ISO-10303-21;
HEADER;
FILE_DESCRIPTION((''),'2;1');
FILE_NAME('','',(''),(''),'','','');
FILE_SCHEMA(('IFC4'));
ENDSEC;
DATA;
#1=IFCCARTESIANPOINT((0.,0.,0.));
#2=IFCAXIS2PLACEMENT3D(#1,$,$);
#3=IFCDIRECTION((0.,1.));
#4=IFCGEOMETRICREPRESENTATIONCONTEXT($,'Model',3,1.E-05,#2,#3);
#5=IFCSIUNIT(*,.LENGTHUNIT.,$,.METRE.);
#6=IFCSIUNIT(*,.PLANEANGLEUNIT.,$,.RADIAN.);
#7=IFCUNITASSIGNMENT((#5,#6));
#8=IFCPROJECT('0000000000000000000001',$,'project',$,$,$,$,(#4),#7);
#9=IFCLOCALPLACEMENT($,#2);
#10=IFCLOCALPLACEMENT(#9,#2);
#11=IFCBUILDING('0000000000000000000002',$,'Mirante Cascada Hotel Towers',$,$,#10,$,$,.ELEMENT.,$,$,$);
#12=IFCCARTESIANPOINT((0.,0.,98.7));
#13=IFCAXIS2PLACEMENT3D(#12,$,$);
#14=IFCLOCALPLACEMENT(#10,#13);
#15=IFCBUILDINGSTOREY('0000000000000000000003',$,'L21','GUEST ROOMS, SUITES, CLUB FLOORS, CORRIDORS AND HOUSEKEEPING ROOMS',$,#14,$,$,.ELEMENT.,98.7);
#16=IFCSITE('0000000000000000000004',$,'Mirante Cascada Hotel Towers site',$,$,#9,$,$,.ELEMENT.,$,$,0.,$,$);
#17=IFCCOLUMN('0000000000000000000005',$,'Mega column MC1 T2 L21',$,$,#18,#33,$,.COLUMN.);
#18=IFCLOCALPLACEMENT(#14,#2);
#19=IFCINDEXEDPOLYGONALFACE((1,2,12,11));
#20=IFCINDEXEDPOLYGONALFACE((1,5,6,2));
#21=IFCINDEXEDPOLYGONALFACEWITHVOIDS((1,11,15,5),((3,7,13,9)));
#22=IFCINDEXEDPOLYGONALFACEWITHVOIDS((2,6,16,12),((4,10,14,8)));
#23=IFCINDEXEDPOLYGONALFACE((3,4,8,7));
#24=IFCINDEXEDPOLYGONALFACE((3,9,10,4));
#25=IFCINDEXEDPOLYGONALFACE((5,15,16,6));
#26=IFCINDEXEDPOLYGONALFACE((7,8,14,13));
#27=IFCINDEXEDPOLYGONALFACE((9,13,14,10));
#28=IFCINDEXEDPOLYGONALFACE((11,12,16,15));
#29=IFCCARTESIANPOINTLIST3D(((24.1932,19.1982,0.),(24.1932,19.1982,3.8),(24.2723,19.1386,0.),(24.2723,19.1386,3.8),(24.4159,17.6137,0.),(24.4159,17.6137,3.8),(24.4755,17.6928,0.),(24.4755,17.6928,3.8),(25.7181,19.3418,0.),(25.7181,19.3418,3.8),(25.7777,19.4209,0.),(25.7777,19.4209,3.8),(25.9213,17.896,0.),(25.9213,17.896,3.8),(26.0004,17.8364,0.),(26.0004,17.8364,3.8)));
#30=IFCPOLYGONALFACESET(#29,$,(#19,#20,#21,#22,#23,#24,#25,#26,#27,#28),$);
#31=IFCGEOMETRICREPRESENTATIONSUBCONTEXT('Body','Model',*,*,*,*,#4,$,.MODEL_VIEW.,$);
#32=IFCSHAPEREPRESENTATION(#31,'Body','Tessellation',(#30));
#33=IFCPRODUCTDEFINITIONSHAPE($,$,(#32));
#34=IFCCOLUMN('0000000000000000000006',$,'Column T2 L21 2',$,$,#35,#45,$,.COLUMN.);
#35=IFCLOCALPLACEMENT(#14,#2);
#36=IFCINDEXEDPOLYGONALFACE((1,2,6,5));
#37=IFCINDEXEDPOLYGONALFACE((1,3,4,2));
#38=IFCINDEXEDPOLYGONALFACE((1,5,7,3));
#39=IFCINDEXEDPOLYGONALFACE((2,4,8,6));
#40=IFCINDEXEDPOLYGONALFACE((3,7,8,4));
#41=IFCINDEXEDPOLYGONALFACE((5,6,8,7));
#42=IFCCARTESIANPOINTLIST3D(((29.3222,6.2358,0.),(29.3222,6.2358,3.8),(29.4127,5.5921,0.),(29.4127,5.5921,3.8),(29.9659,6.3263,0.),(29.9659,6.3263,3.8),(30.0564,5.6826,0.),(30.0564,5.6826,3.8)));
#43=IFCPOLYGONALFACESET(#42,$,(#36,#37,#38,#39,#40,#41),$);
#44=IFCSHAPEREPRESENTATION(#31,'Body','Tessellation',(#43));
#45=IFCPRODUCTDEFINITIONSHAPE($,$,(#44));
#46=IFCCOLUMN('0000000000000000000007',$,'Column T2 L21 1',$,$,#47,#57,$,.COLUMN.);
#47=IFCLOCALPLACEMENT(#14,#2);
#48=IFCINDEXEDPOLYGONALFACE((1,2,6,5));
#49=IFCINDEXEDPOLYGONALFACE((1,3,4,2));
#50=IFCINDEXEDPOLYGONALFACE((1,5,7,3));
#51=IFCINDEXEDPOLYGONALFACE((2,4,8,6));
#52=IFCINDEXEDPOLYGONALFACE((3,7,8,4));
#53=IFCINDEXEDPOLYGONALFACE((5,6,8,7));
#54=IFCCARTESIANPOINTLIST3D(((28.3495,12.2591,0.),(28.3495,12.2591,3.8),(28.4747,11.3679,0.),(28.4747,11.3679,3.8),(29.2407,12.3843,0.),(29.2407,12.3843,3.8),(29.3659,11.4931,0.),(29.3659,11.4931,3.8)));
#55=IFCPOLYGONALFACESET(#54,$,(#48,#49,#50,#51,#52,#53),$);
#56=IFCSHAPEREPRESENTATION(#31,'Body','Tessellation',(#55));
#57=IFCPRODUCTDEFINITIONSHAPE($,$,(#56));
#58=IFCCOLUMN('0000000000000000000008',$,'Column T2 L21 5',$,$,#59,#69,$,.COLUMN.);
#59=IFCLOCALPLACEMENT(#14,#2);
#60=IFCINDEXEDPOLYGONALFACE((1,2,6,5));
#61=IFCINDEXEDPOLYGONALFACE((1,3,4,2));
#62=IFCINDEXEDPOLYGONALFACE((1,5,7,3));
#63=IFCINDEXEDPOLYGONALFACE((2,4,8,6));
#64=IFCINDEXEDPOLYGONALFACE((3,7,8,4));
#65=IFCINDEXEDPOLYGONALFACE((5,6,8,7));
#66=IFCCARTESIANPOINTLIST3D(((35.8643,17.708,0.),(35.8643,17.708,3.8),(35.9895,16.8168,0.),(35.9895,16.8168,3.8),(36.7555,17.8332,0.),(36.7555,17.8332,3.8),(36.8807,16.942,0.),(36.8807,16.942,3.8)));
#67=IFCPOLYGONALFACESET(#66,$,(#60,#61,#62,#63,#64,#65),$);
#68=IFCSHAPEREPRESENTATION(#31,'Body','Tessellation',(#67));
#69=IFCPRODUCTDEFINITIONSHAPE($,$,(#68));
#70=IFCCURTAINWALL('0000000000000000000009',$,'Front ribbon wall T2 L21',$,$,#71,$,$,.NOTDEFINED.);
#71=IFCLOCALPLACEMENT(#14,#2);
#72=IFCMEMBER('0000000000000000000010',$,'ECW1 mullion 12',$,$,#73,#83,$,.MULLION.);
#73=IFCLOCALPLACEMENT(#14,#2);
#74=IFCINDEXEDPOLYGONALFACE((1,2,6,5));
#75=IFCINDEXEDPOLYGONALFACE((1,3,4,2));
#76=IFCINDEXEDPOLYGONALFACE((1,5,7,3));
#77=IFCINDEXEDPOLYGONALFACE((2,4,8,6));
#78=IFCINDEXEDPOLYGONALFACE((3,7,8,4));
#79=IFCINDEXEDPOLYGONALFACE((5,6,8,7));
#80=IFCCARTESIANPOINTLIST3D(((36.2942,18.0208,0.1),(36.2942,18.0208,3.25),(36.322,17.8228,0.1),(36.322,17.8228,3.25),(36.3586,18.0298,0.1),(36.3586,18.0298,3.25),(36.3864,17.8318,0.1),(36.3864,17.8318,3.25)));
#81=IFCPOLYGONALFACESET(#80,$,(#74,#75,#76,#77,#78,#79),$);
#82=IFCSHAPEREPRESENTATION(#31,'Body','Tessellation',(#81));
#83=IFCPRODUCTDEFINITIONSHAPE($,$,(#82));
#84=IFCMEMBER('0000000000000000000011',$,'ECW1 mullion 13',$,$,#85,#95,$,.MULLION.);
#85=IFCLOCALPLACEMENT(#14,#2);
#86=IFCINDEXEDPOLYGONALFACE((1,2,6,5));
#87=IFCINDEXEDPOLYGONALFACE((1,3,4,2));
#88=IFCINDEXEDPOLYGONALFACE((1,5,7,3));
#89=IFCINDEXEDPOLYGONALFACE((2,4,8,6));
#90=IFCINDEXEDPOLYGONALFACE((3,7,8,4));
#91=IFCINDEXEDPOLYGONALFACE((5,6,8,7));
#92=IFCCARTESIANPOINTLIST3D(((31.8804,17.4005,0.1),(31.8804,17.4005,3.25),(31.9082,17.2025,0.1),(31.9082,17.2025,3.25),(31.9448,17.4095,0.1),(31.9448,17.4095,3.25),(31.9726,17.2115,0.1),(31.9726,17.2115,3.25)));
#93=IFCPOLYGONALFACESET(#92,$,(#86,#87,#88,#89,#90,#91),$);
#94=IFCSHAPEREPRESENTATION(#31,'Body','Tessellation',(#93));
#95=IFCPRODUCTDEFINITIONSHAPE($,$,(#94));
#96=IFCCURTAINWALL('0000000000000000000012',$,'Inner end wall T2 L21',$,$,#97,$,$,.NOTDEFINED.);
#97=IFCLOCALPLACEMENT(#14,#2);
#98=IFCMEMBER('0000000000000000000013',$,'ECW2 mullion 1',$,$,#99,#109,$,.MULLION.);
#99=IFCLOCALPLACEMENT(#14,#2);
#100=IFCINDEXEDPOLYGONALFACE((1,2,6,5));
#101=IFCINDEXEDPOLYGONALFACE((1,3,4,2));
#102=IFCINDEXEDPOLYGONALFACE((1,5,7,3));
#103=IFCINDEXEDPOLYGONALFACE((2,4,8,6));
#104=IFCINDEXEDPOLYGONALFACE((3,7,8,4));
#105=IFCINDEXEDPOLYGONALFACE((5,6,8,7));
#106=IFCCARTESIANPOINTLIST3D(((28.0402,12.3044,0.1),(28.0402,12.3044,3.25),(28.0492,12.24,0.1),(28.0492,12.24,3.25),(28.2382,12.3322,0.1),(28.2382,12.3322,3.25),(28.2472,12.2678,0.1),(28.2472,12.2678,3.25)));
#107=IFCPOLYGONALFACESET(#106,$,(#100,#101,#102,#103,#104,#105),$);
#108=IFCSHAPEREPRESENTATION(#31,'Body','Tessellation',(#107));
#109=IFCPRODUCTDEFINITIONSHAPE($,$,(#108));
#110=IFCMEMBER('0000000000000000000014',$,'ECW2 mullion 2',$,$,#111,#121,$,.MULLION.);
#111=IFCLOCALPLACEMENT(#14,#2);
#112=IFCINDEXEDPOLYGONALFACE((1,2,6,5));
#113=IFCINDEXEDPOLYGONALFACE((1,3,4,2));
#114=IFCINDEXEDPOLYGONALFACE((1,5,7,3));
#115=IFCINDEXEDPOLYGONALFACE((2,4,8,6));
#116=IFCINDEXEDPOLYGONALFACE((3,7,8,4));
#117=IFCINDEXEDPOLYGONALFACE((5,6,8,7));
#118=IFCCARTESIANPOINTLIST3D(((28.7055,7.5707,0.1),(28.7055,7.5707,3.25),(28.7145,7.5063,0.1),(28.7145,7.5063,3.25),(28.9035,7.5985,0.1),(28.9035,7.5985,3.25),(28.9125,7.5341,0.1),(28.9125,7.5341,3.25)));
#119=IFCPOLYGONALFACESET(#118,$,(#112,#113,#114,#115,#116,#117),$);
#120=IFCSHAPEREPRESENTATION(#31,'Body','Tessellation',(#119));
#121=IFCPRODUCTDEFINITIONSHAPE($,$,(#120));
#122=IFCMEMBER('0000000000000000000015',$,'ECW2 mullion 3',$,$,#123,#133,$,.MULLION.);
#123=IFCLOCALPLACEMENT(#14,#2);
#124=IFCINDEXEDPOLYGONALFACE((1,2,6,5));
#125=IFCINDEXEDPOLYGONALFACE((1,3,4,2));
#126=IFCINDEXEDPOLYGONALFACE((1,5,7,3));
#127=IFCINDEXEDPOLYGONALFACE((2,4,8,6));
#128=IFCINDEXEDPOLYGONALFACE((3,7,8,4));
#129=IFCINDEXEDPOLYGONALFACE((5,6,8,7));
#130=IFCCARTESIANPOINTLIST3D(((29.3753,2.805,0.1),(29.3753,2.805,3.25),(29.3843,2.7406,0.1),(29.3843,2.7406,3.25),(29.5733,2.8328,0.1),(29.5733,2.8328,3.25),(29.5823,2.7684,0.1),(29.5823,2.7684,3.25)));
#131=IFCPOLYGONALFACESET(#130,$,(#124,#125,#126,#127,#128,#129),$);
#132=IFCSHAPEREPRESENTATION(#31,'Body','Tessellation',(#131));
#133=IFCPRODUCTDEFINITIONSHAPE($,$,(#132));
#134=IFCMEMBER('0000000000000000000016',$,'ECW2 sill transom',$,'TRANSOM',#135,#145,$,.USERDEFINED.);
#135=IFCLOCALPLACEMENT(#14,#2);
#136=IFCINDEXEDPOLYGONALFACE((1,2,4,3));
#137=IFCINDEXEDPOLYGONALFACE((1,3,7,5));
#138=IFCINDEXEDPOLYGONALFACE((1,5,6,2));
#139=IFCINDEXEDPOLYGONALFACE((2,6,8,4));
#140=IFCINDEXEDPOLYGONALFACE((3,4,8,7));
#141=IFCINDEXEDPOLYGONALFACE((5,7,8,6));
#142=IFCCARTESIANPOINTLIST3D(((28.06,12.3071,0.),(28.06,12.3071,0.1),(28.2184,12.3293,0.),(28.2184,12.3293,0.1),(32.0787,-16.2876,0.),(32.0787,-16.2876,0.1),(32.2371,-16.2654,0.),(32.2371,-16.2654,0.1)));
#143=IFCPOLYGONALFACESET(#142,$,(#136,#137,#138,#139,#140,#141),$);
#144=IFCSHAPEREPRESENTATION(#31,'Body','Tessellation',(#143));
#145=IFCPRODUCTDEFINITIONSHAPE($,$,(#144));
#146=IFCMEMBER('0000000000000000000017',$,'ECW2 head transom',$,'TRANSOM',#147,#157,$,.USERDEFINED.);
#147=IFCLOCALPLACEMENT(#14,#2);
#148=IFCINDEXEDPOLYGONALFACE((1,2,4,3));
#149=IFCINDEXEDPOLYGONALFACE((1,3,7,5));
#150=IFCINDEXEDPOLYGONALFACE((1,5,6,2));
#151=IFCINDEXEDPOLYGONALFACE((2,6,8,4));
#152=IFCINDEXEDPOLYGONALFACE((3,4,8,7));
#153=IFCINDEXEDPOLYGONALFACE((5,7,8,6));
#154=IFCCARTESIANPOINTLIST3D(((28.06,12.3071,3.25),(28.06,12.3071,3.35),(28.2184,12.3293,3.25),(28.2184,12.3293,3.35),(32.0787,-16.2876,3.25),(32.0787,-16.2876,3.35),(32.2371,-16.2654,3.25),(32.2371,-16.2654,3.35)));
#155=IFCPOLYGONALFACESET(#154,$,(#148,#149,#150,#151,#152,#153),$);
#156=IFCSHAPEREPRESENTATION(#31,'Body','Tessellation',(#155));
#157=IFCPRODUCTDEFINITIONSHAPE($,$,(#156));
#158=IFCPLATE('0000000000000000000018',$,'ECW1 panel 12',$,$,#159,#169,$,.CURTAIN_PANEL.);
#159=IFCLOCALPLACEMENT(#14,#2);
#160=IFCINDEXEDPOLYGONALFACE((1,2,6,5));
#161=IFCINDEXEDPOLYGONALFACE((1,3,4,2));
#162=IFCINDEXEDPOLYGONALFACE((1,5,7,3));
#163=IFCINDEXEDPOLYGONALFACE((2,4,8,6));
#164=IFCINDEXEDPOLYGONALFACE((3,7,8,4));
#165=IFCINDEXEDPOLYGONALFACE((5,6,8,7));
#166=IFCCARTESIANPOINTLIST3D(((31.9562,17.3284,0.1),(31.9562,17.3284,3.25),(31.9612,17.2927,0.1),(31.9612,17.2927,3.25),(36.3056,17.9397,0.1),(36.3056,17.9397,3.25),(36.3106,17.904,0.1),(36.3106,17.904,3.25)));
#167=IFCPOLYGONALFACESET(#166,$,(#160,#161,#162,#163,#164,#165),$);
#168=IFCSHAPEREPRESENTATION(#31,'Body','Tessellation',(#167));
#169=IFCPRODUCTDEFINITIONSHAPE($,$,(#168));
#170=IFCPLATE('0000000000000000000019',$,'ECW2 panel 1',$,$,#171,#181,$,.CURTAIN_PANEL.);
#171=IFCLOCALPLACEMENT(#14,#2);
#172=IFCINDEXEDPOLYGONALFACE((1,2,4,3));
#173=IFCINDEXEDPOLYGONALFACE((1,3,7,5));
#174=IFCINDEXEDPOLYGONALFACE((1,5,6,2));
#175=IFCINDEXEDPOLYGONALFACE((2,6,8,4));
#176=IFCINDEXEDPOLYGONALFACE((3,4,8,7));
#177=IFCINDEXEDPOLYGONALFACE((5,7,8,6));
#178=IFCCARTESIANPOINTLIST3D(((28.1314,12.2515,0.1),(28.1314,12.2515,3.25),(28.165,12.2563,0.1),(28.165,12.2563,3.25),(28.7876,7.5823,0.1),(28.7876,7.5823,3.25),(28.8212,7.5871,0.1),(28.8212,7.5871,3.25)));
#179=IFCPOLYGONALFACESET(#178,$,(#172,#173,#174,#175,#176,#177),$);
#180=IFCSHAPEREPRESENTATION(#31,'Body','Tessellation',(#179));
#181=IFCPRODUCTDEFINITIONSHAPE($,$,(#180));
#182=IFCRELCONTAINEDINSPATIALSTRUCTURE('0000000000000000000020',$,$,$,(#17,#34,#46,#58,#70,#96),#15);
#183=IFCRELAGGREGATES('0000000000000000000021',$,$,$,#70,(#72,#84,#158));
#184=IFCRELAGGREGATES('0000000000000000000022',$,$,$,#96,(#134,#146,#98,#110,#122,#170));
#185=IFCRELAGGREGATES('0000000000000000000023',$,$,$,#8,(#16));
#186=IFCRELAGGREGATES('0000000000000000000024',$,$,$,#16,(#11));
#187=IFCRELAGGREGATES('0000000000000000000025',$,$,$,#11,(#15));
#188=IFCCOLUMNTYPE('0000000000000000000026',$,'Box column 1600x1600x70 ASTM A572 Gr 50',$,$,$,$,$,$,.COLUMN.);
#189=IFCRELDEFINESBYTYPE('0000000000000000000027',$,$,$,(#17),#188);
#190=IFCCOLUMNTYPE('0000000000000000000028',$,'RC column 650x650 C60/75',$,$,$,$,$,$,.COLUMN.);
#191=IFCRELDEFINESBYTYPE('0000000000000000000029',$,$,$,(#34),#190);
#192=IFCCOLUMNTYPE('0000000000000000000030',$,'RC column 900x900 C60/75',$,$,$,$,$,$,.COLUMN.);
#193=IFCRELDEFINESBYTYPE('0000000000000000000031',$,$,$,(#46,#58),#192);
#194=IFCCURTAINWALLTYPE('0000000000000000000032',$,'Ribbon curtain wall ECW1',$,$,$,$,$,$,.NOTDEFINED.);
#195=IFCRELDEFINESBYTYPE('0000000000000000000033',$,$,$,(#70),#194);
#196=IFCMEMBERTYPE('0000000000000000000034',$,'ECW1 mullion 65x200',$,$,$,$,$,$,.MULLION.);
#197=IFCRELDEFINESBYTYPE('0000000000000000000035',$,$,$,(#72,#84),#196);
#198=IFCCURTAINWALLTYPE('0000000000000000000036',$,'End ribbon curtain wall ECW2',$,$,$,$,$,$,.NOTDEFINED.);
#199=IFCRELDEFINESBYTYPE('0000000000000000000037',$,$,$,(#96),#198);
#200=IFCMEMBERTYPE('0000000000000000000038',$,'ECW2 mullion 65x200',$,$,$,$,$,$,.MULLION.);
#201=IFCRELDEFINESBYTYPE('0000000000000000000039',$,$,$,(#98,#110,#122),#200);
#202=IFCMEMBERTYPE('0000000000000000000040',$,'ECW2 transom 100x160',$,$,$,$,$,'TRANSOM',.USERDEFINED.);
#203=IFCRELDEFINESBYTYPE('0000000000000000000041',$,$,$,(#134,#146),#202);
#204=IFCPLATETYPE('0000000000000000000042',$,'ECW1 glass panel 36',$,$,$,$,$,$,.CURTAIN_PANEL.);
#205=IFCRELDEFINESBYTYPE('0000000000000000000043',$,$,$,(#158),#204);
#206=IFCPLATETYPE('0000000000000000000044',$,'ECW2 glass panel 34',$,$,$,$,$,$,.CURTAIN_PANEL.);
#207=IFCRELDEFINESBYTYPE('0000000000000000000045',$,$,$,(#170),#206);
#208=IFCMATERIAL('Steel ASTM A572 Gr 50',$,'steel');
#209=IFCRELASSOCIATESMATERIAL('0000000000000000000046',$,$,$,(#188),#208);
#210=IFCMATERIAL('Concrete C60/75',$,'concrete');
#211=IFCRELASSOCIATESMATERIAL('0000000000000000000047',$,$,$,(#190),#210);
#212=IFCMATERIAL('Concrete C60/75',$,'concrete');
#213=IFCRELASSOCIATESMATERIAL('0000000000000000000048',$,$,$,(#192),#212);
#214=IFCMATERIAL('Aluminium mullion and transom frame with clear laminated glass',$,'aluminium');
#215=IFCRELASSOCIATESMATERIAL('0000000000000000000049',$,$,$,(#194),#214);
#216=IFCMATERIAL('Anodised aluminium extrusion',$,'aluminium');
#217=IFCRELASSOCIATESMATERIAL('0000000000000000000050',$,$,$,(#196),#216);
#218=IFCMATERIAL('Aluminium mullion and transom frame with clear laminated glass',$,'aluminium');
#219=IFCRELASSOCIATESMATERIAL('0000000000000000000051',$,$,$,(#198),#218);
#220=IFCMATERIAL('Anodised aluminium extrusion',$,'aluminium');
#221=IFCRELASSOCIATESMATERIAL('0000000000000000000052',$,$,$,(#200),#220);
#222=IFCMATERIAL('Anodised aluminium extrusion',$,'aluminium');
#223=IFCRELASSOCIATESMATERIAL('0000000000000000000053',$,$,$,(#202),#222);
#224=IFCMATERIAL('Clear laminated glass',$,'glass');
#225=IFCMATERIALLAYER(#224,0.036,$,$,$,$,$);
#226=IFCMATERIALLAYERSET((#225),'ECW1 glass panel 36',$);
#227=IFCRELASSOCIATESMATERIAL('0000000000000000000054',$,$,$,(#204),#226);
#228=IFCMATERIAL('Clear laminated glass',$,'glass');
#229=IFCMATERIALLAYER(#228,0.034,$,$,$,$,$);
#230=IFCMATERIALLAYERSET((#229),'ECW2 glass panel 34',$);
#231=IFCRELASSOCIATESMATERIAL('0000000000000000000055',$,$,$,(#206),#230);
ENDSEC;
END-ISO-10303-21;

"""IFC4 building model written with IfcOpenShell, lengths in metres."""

from ifc_helpers import new_model, si_unit, direction, frame, origin, origin_2d, place, context, subcontext, project, spatial, rectangle, hollow_rectangle, extrude, material, layer, layer_set, material_profile, profile_set, type_object, element, aggregate, save


model = new_model("IFC4")

# Units and contexts
model_context = context("Model", 3, precision=1e-05, world=origin(), true_north=direction((0.0, 1.0)))
body_context = subcontext(model_context, "Body", "Model", "MODEL_VIEW")
ifc_project = project(units=[si_unit("LENGTHUNIT", "METRE"), si_unit("PLANEANGLEUNIT", "RADIAN")], contexts=[model_context])

# Site, building, storey
site_placement = place(None, origin())
site = spatial("IfcSite", under=ifc_project, at=site_placement, Name="Mirante Cascada Hotel Towers site", CompositionType="ELEMENT", RefElevation=0.0)
building_placement = place(site_placement, origin())
building = spatial("IfcBuilding", under=site, at=building_placement, Name="Mirante Cascada Hotel Towers", CompositionType="ELEMENT")
storey_placement = place(building_placement, frame((0.0, 0.0, 98.7)))
storey = spatial("IfcBuildingStorey", under=building, at=storey_placement, Name="L21", Description="GUEST ROOMS, SUITES, CLUB FLOORS, CORRIDORS AND HOUSEKEEPING ROOMS", CompositionType="ELEMENT", Elevation=98.7)

# Columns
ifc_material_1 = material(Name="Steel ASTM A572 Gr 50", Category="steel")
ifc_material_profile_1 = material_profile(ifc_material_1, hollow_rectangle(XDim=1.6, YDim=1.6, WallThickness=0.07, at=origin_2d()), Name="Box column 1600x1600x70 ASTM A572 Gr 50")
ifc_profile_set_1 = profile_set([ifc_material_profile_1], Name="Steel ASTM A572 Gr 50")
column_type_1 = type_object("IfcColumnType", Name="Box column 1600x1600x70 ASTM A572 Gr 50", PredefinedType="COLUMN", material=ifc_profile_set_1)
column_1_placement = place(storey_placement, frame((25.0968, 18.5173, 0.0), z_axis=(0.0, 0.0, 1.0), x_axis=(0.990268, 0.139173, 0.0)))
element("IfcColumn", 1, at=column_1_placement, inside=storey, type_object=column_type_1, Name="Mega column MC1 T2 L21", PredefinedType="COLUMN", context=body_context, shape_type="SweptSolid", body=[
    extrude(hollow_rectangle(XDim=1.6, YDim=1.6, WallThickness=0.07, at=origin_2d()), origin(), (0.0, 0.0, 1.0), 3.8),
])
ifc_material_2 = material(Name="Concrete C60/75", Category="concrete")
ifc_material_profile_2 = material_profile(ifc_material_2, rectangle(XDim=0.65, YDim=0.65, at=origin_2d()), Name="RC column 650x650 C60/75")
ifc_profile_set_2 = profile_set([ifc_material_profile_2], Name="Concrete C60/75")
column_type_2 = type_object("IfcColumnType", Name="RC column 650x650 C60/75", PredefinedType="COLUMN", material=ifc_profile_set_2)
column_2_placement = place(storey_placement, frame((29.6893, 5.9592, 0.0), z_axis=(0.0, 0.0, 1.0), x_axis=(0.990268, 0.139173, 0.0)))
element("IfcColumn", 2, at=column_2_placement, inside=storey, type_object=column_type_2, Name="Column T2 L21 2", PredefinedType="COLUMN", context=body_context, shape_type="SweptSolid", body=[
    extrude(rectangle(XDim=0.65, YDim=0.65, at=origin_2d()), origin(), (0.0, 0.0, 1.0), 3.8),
])
ifc_material_3 = material(Name="Concrete C60/75", Category="concrete")
ifc_material_profile_3 = material_profile(ifc_material_3, rectangle(XDim=0.9, YDim=0.9, at=origin_2d()), Name="RC column 900x900 C60/75")
ifc_profile_set_3 = profile_set([ifc_material_profile_3], Name="Concrete C60/75")
column_type_3 = type_object("IfcColumnType", Name="RC column 900x900 C60/75", PredefinedType="COLUMN", material=ifc_profile_set_3)
for number, where, z_axis, x_axis, name in (
    (3, (28.8577, 11.8761, 0.0), (0.0, 0.0, 1.0), (0.990268, 0.139173, 0.0), "Column T2 L21 1"),
    (4, (36.3725, 17.325, 0.0), (0.0, 0.0, 1.0), (0.990268, 0.139173, 0.0), "Column T2 L21 5"),
):
    element("IfcColumn", number, at=place(storey_placement, frame(where, z_axis=z_axis, x_axis=x_axis)), inside=storey, type_object=column_type_3, Name=name, PredefinedType="COLUMN", context=body_context, shape_type="SweptSolid", body=[
        extrude(rectangle(XDim=0.9, YDim=0.9, at=origin_2d()), origin(), (0.0, 0.0, 1.0), 3.8),
    ])

# Curtain walls, members
ifc_material_4 = material(Name="Aluminium mullion and transom frame with clear laminated glass", Category="aluminium")
curtain_wall_type_1 = type_object("IfcCurtainWallType", Name="Ribbon curtain wall ECW1", PredefinedType="NOTDEFINED", material=ifc_material_4)
curtain_wall_1_placement = place(storey_placement, origin())
curtain_wall_1 = element("IfcCurtainWall", 5, at=curtain_wall_1_placement, inside=storey, type_object=curtain_wall_type_1, Name="Front ribbon wall T2 L21", PredefinedType="NOTDEFINED")
ifc_material_5 = material(Name="Anodised aluminium extrusion", Category="aluminium")
ifc_material_profile_4 = material_profile(ifc_material_5, rectangle(XDim=0.2, YDim=0.065, at=origin_2d()), Name="ECW1 MULLION 65x200")
ifc_profile_set_4 = profile_set([ifc_material_profile_4], Name="Anodised aluminium extrusion")
member_type_1 = type_object("IfcMemberType", Name="ECW1 mullion 65x200", PredefinedType="MULLION", material=ifc_profile_set_4)
member_1_placement = place(storey_placement, frame((36.3403, 17.9263, 0.1), z_axis=(0.0, 0.0, 1.0), x_axis=(0.139173, -0.990268, 0.0)))
member_1 = element("IfcMember", 6, at=member_1_placement, type_object=member_type_1, Name="ECW1 mullion 12", PredefinedType="MULLION", context=body_context, shape_type="SweptSolid", body=[
    extrude(rectangle(XDim=0.2, YDim=0.065, at=origin_2d()), origin(), (0.0, 0.0, 1.0), 3.15),
])
member_2_placement = place(storey_placement, frame((31.9265, 17.306, 0.1), z_axis=(0.0, 0.0, 1.0), x_axis=(0.139173, -0.990268, 0.0)))
member_2 = element("IfcMember", 7, at=member_2_placement, type_object=member_type_1, Name="ECW1 mullion 13", PredefinedType="MULLION", context=body_context, shape_type="SweptSolid", body=[
    extrude(rectangle(XDim=0.2, YDim=0.065, at=origin_2d()), origin(), (0.0, 0.0, 1.0), 3.15),
])
ifc_material_6 = material(Name="Aluminium mullion and transom frame with clear laminated glass", Category="aluminium")
curtain_wall_type_2 = type_object("IfcCurtainWallType", Name="End ribbon curtain wall ECW2", PredefinedType="NOTDEFINED", material=ifc_material_6)
curtain_wall_2_placement = place(storey_placement, origin())
curtain_wall_2 = element("IfcCurtainWall", 8, at=curtain_wall_2_placement, inside=storey, type_object=curtain_wall_type_2, Name="Inner end wall T2 L21", PredefinedType="NOTDEFINED")
ifc_material_7 = material(Name="Anodised aluminium extrusion", Category="aluminium")
ifc_material_profile_5 = material_profile(ifc_material_7, rectangle(XDim=0.2, YDim=0.065, at=origin_2d()), Name="ECW2 MULLION 65x200")
ifc_profile_set_5 = profile_set([ifc_material_profile_5], Name="Anodised aluminium extrusion")
member_type_2 = type_object("IfcMemberType", Name="ECW2 mullion 65x200", PredefinedType="MULLION", material=ifc_profile_set_5)
member_3_placement = place(storey_placement, frame((28.1437, 12.2861, 0.1), z_axis=(0.0, 0.0, 1.0), x_axis=(0.990268, 0.139173, 0.0)))
member_3 = element("IfcMember", 9, at=member_3_placement, type_object=member_type_2, Name="ECW2 mullion 1", PredefinedType="MULLION", context=body_context, shape_type="SweptSolid", body=[
    extrude(rectangle(XDim=0.2, YDim=0.065, at=origin_2d()), origin(), (0.0, 0.0, 1.0), 3.15),
])
member_4_placement = place(storey_placement, frame((28.809, 7.5524, 0.1), z_axis=(0.0, 0.0, 1.0), x_axis=(0.990268, 0.139173, 0.0)))
member_4 = element("IfcMember", 10, at=member_4_placement, type_object=member_type_2, Name="ECW2 mullion 2", PredefinedType="MULLION", context=body_context, shape_type="SweptSolid", body=[
    extrude(rectangle(XDim=0.2, YDim=0.065, at=origin_2d()), origin(), (0.0, 0.0, 1.0), 3.15),
])
member_5_placement = place(storey_placement, frame((29.4788, 2.7867, 0.1), z_axis=(0.0, 0.0, 1.0), x_axis=(0.990268, 0.139173, 0.0)))
member_5 = element("IfcMember", 11, at=member_5_placement, type_object=member_type_2, Name="ECW2 mullion 3", PredefinedType="MULLION", context=body_context, shape_type="SweptSolid", body=[
    extrude(rectangle(XDim=0.2, YDim=0.065, at=origin_2d()), origin(), (0.0, 0.0, 1.0), 3.15),
])
ifc_material_8 = material(Name="Anodised aluminium extrusion", Category="aluminium")
ifc_material_profile_6 = material_profile(ifc_material_8, rectangle(XDim=0.16, YDim=0.1, at=origin_2d()), Name="ECW2 TRANSOM 100x160")
ifc_profile_set_6 = profile_set([ifc_material_profile_6], Name="Anodised aluminium extrusion")
member_type_3 = type_object("IfcMemberType", Name="ECW2 transom 100x160", ElementType="TRANSOM", PredefinedType="USERDEFINED", material=ifc_profile_set_6)
member_6_placement = place(storey_placement, frame((28.1392, 12.3182, 0.05), z_axis=(0.139172, -0.990268, 0.0), x_axis=(0.990268, 0.139172, 0.0)))
member_6 = element("IfcMember", 12, at=member_6_placement, type_object=member_type_3, Name="ECW2 sill transom", ObjectType="TRANSOM", PredefinedType="USERDEFINED", context=body_context, shape_type="SweptSolid", body=[
    extrude(rectangle(XDim=0.16, YDim=0.1, at=origin_2d()), origin(), (0.0, 0.0, 1.0), 28.8757),
])
member_7_placement = place(storey_placement, frame((28.1392, 12.3182, 3.3), z_axis=(0.139172, -0.990268, 0.0), x_axis=(0.990268, 0.139172, 0.0)))
member_7 = element("IfcMember", 13, at=member_7_placement, type_object=member_type_3, Name="ECW2 head transom", ObjectType="TRANSOM", PredefinedType="USERDEFINED", context=body_context, shape_type="SweptSolid", body=[
    extrude(rectangle(XDim=0.16, YDim=0.1, at=origin_2d()), origin(), (0.0, 0.0, 1.0), 28.8757),
])

# Plates
ifc_material_9 = material(Name="Clear laminated glass", Category="glass")
ifc_layer_1 = layer(ifc_material_9, 0.036)
ifc_layer_set_1 = layer_set([ifc_layer_1], Name="ECW1 glass panel 36")
plate_type_1 = type_object("IfcPlateType", Name="ECW1 glass panel 36", PredefinedType="CURTAIN_PANEL", material=ifc_layer_set_1)
plate_1_placement = place(storey_placement, frame((34.1334, 17.6162, 0.1), z_axis=(0.0, 0.0, 1.0), x_axis=(-0.990268, -0.139173, 0.0)))
plate_1 = element("IfcPlate", 14, at=plate_1_placement, type_object=plate_type_1, Name="ECW1 panel 12", PredefinedType="CURTAIN_PANEL", context=body_context, shape_type="SweptSolid", body=[
    extrude(rectangle(XDim=4.3921, YDim=0.036, at=origin_2d()), origin(), (0.0, 0.0, 1.0), 3.15),
])
aggregate(curtain_wall_1, [member_1, member_2, plate_1])
ifc_material_10 = material(Name="Clear laminated glass", Category="glass")
ifc_layer_2 = layer(ifc_material_10, 0.034)
ifc_layer_set_2 = layer_set([ifc_layer_2], Name="ECW2 glass panel 34")
plate_type_2 = type_object("IfcPlateType", Name="ECW2 glass panel 34", PredefinedType="CURTAIN_PANEL", material=ifc_layer_set_2)
plate_2_placement = place(storey_placement, frame((28.4763, 9.9193, 0.1), z_axis=(0.0, 0.0, 1.0), x_axis=(0.139173, -0.990268, 0.0)))
plate_2 = element("IfcPlate", 15, at=plate_2_placement, type_object=plate_type_2, Name="ECW2 panel 1", PredefinedType="CURTAIN_PANEL", context=body_context, shape_type="SweptSolid", body=[
    extrude(rectangle(XDim=4.7151, YDim=0.034, at=origin_2d()), origin(), (0.0, 0.0, 1.0), 3.15),
])
aggregate(curtain_wall_2, [member_6, member_7, member_3, member_4, member_5, plate_2])

save(model, "model.ifc")
